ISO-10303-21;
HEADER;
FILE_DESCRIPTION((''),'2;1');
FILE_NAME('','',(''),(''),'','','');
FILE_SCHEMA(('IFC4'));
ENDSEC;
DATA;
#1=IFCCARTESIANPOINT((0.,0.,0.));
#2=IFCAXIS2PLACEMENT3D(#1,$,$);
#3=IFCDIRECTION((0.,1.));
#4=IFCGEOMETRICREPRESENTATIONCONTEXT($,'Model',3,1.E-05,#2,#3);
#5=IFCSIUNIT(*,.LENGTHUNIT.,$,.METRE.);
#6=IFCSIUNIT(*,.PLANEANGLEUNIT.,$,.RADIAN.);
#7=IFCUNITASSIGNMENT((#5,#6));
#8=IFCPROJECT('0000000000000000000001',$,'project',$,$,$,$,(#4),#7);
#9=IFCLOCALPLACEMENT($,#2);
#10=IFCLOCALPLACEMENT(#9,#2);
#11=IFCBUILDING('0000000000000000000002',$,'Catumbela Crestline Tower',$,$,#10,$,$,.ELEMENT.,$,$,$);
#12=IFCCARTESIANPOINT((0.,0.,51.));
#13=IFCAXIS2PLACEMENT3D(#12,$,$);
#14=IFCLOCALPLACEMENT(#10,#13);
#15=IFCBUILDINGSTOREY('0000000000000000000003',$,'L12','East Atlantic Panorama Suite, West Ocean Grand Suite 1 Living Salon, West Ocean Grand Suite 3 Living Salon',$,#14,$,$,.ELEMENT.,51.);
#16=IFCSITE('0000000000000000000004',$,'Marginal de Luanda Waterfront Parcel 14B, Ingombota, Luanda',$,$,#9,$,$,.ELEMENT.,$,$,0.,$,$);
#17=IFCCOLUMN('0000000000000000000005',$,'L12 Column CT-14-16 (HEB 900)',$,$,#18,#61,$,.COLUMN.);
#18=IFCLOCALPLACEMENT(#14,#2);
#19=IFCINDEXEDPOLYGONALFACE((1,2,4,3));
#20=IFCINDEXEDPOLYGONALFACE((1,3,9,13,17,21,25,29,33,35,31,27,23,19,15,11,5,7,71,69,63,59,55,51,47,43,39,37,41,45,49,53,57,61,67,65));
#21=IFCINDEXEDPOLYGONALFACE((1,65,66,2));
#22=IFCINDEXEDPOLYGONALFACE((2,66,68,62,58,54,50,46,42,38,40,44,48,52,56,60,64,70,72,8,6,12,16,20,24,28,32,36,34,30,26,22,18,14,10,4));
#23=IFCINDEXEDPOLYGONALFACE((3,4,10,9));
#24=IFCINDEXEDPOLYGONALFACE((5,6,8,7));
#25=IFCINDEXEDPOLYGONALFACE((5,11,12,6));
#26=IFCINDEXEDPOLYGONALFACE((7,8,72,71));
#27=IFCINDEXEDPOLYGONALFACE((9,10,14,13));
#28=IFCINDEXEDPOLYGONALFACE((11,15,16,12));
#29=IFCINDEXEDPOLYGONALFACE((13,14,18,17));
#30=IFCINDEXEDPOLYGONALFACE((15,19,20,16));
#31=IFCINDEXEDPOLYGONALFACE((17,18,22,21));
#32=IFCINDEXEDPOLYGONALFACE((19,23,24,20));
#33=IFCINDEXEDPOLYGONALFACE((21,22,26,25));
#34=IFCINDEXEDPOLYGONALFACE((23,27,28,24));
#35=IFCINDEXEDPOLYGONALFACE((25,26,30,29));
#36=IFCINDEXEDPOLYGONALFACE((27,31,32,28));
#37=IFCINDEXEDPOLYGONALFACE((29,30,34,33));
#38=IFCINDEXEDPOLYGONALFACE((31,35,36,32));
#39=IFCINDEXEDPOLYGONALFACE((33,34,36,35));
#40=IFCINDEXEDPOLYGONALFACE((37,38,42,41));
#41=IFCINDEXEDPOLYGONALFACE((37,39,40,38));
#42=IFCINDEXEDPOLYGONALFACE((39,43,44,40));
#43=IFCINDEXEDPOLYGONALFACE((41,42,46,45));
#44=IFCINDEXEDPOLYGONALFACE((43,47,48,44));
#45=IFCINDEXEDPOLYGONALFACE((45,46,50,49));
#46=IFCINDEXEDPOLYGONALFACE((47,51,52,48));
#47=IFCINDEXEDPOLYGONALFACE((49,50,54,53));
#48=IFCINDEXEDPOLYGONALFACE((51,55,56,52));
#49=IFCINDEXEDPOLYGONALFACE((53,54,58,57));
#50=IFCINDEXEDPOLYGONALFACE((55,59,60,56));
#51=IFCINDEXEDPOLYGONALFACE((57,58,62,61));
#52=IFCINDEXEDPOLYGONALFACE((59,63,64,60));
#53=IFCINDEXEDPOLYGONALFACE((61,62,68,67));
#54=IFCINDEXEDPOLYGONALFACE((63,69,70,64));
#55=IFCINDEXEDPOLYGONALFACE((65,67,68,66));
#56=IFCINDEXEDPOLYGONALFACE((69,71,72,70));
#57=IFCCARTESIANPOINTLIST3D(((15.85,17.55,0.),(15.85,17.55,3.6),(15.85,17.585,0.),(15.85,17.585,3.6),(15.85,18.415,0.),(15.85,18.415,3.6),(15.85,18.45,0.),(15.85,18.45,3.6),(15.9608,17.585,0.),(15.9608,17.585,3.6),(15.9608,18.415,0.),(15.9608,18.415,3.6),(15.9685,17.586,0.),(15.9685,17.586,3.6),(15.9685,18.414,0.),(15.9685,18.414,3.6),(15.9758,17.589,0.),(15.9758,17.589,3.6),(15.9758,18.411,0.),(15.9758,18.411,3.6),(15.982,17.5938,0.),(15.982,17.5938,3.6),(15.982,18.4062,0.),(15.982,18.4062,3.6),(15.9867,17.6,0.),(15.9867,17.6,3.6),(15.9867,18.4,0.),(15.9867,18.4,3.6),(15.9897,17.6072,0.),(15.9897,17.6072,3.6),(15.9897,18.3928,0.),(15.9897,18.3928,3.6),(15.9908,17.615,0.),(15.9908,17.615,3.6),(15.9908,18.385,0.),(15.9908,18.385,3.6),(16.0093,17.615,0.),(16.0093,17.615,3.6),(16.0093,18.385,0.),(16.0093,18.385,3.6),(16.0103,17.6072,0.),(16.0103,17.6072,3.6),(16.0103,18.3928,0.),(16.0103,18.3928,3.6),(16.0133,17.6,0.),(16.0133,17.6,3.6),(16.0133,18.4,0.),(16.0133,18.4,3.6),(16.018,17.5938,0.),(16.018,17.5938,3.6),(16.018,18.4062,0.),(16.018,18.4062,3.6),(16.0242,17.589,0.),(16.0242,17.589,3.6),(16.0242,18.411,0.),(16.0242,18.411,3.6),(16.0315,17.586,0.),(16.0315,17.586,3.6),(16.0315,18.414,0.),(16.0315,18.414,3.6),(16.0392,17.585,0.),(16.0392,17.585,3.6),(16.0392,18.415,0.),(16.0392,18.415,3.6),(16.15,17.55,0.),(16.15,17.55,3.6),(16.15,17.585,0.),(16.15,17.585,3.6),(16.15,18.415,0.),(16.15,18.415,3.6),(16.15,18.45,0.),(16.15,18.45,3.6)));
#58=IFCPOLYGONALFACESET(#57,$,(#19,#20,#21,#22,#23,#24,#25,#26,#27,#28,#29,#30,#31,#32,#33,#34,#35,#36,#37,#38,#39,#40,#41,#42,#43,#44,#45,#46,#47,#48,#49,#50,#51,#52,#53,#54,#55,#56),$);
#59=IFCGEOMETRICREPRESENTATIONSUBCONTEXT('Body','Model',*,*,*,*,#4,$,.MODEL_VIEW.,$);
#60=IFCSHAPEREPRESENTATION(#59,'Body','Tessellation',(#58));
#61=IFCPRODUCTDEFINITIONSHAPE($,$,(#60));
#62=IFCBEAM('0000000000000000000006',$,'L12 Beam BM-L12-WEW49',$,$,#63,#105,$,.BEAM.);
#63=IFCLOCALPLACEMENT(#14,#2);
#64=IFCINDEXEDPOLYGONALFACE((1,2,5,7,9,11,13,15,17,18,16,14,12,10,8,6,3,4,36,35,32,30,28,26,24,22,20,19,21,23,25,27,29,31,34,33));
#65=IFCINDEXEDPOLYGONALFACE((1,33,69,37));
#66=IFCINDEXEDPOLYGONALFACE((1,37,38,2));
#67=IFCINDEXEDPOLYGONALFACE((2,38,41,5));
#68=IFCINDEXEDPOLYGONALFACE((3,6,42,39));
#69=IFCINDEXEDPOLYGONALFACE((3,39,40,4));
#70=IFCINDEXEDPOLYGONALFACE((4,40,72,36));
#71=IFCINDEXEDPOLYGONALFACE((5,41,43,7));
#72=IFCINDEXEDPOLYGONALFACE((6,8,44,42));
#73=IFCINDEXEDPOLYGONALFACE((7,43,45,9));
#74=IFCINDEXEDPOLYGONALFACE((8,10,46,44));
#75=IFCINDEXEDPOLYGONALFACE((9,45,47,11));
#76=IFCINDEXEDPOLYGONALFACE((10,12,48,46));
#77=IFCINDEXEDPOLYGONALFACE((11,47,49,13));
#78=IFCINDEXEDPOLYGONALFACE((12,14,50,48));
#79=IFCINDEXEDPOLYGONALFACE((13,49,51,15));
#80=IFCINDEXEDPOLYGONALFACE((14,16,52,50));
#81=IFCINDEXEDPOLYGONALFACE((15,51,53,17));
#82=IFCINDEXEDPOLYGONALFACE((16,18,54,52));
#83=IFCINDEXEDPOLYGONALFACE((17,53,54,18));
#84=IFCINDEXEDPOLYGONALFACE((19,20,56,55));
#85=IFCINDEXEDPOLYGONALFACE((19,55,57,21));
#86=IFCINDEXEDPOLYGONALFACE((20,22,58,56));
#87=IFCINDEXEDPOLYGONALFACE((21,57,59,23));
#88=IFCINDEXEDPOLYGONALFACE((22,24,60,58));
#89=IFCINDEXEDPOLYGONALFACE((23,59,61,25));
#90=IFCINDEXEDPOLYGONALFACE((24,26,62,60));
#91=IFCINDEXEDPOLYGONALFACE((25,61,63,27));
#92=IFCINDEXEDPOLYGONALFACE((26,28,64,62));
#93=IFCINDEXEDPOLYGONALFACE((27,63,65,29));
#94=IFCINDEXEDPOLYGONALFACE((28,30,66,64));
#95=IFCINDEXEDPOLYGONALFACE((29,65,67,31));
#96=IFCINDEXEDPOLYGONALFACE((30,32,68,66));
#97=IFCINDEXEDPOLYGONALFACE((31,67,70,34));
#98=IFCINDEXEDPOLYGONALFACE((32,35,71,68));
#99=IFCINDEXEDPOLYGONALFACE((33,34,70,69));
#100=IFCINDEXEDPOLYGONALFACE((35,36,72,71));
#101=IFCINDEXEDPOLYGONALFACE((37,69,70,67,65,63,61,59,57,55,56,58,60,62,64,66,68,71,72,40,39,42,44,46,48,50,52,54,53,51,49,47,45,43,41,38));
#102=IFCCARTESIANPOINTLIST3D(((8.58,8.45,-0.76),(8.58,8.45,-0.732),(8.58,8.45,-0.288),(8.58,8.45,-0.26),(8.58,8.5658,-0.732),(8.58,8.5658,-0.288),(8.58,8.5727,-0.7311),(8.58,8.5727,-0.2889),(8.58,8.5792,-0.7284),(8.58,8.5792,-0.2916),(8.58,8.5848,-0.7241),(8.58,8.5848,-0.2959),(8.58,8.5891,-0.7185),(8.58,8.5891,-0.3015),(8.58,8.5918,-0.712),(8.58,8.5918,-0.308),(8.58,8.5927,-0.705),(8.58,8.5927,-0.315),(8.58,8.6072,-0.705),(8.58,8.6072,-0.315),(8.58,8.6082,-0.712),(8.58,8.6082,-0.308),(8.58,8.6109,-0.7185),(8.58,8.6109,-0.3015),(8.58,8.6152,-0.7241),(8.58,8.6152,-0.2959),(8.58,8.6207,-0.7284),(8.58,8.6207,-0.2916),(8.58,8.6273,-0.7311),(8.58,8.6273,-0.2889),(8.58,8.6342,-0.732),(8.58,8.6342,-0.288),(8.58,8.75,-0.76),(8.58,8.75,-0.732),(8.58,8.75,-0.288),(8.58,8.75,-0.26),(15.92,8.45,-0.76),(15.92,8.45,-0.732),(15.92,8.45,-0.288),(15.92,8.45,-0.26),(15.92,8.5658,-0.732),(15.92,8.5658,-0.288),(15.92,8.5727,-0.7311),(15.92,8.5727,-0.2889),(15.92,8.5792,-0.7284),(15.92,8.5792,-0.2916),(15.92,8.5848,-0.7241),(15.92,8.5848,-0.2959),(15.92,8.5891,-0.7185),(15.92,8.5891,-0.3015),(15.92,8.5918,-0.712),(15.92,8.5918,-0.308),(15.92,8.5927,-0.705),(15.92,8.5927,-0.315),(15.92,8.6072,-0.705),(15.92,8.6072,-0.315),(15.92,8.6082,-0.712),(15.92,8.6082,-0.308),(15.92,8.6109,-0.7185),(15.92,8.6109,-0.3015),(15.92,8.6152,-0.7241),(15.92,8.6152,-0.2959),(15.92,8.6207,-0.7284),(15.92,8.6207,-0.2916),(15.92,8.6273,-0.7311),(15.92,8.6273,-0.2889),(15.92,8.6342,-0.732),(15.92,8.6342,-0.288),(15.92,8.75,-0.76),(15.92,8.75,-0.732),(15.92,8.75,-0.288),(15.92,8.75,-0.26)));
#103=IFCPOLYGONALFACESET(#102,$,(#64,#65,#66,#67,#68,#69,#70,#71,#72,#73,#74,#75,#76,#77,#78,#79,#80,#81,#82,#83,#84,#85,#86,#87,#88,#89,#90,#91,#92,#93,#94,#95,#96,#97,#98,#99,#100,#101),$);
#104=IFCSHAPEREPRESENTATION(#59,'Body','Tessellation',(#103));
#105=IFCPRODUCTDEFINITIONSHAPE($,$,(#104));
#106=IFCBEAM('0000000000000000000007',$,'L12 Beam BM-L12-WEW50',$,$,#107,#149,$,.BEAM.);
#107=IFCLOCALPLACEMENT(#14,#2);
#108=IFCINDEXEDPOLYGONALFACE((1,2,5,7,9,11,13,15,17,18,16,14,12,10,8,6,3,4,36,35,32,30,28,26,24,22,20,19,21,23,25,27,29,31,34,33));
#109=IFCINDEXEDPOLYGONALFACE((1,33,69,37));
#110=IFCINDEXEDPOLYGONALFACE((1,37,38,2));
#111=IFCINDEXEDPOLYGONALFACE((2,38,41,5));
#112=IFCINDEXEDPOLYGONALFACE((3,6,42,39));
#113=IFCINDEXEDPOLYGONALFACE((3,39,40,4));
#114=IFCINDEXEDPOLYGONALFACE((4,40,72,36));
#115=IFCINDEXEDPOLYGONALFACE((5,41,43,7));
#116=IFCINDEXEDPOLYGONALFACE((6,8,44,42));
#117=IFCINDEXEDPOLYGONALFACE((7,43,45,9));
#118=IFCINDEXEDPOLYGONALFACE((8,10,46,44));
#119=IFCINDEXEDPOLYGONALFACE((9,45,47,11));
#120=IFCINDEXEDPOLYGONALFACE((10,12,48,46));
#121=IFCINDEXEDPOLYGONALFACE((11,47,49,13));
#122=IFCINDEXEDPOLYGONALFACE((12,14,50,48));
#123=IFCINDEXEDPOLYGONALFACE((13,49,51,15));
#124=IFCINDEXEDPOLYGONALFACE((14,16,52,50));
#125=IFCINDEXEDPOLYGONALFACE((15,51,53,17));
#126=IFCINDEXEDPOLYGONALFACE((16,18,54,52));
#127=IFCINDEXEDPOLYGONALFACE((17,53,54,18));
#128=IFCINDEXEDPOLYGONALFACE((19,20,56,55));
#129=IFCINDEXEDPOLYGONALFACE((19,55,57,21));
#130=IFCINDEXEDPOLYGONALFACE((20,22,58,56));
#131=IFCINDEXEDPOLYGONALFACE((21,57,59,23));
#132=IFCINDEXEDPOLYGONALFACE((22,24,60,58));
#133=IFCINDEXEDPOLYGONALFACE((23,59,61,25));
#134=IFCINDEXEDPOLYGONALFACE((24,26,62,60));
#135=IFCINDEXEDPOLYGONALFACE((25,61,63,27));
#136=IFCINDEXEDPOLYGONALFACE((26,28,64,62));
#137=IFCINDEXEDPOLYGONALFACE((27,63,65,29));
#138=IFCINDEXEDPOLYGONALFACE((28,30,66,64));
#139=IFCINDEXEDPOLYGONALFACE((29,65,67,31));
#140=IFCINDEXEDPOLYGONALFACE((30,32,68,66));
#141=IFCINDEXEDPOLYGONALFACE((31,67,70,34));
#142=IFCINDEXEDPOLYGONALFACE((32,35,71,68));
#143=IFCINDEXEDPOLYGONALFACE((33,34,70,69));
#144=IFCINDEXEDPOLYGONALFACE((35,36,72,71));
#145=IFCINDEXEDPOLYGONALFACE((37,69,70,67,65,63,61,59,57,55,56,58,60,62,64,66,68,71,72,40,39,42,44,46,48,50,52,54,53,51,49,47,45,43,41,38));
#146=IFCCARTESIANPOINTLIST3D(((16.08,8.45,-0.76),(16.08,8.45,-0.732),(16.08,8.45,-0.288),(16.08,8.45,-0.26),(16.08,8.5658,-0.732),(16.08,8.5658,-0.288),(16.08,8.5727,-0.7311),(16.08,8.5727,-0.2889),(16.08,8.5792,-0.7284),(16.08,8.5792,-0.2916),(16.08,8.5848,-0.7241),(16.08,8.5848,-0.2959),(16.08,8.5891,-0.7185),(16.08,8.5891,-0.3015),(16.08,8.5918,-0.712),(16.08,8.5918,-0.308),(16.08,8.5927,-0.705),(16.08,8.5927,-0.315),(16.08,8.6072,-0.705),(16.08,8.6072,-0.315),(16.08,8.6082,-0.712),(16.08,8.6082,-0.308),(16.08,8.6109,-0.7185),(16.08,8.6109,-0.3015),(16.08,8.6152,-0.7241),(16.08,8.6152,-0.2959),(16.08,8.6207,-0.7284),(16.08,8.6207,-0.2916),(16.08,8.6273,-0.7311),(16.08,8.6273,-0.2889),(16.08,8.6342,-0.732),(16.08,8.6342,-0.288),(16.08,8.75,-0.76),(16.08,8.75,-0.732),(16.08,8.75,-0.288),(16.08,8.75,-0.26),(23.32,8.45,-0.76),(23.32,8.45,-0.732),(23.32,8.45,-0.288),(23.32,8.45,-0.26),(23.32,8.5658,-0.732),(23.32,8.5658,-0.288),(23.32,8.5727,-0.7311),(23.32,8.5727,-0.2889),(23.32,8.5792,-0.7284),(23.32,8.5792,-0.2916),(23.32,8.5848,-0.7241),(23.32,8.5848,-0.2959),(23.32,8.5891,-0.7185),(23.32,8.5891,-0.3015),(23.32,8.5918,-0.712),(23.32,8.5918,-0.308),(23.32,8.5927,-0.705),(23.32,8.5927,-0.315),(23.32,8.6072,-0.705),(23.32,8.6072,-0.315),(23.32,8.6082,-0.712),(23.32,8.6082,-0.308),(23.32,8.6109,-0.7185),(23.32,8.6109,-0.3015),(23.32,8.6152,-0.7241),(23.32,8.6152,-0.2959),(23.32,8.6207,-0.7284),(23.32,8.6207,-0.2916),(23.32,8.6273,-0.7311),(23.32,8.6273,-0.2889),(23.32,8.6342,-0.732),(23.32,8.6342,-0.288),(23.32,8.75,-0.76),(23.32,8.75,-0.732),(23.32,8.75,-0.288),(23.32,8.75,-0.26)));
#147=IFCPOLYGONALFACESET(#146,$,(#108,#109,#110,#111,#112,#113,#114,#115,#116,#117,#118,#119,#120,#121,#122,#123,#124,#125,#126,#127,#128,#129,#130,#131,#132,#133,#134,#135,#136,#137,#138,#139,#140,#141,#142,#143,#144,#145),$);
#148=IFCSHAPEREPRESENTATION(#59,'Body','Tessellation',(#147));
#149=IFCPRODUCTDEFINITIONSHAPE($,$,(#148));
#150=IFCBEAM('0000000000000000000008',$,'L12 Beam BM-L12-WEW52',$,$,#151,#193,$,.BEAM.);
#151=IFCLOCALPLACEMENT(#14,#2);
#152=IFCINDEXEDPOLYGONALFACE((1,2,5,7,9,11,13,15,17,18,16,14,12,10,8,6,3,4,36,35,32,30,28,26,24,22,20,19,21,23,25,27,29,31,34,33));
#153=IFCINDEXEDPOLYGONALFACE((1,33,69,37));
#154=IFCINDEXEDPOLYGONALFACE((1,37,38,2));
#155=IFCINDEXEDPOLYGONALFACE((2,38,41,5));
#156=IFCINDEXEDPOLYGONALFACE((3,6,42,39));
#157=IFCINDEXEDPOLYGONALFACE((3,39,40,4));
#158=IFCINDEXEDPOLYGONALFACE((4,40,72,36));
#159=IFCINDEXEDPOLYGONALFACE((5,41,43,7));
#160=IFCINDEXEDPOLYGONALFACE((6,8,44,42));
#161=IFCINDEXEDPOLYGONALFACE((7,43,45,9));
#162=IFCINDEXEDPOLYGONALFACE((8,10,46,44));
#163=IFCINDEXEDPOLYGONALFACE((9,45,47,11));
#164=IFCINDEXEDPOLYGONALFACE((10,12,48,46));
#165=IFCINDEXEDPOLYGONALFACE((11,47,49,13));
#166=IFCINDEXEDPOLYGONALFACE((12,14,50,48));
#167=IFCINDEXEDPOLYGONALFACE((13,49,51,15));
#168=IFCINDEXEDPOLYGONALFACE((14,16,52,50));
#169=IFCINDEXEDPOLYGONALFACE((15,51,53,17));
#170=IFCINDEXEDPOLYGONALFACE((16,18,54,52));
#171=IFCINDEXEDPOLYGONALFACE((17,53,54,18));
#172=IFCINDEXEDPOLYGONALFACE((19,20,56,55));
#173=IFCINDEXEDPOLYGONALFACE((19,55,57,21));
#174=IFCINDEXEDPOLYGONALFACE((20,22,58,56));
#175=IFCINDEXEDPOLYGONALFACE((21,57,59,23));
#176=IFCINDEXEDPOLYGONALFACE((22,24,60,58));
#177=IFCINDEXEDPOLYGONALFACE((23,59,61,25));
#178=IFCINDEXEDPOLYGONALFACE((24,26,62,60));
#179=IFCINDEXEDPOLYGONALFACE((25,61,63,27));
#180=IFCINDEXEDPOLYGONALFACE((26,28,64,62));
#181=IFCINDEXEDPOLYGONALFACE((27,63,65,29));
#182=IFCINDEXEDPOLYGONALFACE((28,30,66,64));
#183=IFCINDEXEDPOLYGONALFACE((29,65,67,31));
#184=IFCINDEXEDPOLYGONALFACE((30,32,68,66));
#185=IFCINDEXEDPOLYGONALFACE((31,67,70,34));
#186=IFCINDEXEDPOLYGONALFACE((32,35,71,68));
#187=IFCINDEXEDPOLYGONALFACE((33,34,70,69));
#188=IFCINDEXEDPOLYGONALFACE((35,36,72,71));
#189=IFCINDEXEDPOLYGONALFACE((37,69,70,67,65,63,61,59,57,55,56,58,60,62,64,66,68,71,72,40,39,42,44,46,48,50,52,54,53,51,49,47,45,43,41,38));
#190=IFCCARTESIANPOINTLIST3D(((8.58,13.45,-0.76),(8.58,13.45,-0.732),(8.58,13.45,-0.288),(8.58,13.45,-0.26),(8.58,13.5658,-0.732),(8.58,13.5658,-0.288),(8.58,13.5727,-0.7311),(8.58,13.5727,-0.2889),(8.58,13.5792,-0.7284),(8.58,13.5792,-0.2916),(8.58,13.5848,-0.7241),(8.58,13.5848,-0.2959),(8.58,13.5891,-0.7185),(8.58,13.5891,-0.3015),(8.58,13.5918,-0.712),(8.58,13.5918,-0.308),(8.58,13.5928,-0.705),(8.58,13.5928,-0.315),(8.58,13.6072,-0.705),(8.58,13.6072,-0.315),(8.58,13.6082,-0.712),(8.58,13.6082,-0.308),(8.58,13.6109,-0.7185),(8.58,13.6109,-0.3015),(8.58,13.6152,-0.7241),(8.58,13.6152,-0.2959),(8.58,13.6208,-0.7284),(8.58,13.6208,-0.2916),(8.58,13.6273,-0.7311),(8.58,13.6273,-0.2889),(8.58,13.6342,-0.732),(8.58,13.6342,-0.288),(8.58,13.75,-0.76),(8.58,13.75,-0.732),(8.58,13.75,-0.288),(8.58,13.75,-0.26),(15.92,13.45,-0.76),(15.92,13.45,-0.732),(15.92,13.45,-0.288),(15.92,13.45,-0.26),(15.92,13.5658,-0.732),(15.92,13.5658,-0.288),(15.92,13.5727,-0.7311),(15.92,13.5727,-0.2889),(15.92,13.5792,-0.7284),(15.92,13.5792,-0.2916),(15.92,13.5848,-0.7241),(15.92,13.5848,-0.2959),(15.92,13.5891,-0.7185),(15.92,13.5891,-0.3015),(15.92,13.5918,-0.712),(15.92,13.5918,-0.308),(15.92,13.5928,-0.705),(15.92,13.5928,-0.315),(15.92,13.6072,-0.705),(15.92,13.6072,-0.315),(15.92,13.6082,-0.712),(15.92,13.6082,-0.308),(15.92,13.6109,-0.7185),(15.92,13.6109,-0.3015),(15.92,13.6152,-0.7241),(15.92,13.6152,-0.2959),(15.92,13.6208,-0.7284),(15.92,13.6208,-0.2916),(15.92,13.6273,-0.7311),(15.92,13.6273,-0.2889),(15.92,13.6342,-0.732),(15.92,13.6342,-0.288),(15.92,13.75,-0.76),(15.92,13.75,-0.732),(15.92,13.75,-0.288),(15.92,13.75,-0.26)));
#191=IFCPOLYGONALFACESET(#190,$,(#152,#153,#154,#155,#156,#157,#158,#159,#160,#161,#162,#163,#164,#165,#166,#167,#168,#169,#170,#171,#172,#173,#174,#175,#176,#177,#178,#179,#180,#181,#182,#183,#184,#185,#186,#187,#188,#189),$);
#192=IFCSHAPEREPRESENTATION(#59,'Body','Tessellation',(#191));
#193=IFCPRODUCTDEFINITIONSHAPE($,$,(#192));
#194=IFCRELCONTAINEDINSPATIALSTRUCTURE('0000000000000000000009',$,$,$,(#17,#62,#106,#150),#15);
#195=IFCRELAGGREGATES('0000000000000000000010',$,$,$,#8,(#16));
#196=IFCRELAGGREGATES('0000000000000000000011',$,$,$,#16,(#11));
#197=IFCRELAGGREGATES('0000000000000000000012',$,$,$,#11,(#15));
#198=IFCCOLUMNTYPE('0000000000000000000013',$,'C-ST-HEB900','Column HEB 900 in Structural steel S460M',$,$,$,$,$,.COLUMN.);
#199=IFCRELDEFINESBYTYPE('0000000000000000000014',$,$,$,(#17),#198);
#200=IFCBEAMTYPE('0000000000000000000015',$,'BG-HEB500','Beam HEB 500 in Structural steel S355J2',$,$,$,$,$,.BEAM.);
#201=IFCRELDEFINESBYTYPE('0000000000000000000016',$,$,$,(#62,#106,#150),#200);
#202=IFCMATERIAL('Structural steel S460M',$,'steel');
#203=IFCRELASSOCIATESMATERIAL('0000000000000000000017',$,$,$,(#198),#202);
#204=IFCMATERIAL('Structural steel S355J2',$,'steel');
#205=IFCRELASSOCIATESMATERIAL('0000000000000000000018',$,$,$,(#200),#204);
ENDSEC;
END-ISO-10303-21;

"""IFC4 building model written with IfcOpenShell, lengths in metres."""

from ifc_helpers import new_model, si_unit, direction, frame, origin, origin_2d, place, context, subcontext, project, spatial, i_section, extrude, material, material_profile, profile_set, type_object, element, save


model = new_model("IFC4")

# Units and contexts
model_context = context("Model", 3, precision=1e-05, world=origin(), true_north=direction((0.0, 1.0)))
body_context = subcontext(model_context, "Body", "Model", "MODEL_VIEW")
ifc_project = project(units=[si_unit("LENGTHUNIT", "METRE"), si_unit("PLANEANGLEUNIT", "RADIAN")], contexts=[model_context])

# Site, building, storey
site_placement = place(None, origin())
site = spatial("IfcSite", under=ifc_project, at=site_placement, Name="Marginal de Luanda Waterfront Parcel 14B, Ingombota, Luanda", CompositionType="ELEMENT", RefElevation=0.0)
building_placement = place(site_placement, origin())
building = spatial("IfcBuilding", under=site, at=building_placement, Name="Catumbela Crestline Tower", CompositionType="ELEMENT")
storey_placement = place(building_placement, frame((0.0, 0.0, 51.0)))
storey = spatial("IfcBuildingStorey", under=building, at=storey_placement, Name="L12", Description="East Atlantic Panorama Suite, West Ocean Grand Suite 1 Living Salon, West Ocean Grand Suite 3 Living Salon", CompositionType="ELEMENT", Elevation=51.0)

# Column
ifc_material_1 = material(Name="Structural steel S460M", Category="steel")
ifc_material_profile_1 = material_profile(ifc_material_1, i_section(OverallWidth=0.3, OverallDepth=0.9, WebThickness=0.0185, FlangeThickness=0.035, FilletRadius=0.03, at=origin_2d()), Name="HEB 900")
ifc_profile_set_1 = profile_set([ifc_material_profile_1], Name="Structural steel S460M")
column_type = type_object("IfcColumnType", Name="C-ST-HEB900", Description="Column HEB 900 in Structural steel S460M", PredefinedType="COLUMN", material=ifc_profile_set_1)
for number, where, z_axis, x_axis, name in (
    (1, (16.0, 18.0, 0.0), (0.0, 0.0, 1.0), (1.0, 0.0, 0.0), "L12 Column CT-14-16 (HEB 900)"),
):
    element("IfcColumn", number, at=place(storey_placement, frame(where, z_axis=z_axis, x_axis=x_axis)), inside=storey, type_object=column_type, Name=name, PredefinedType="COLUMN", context=body_context, shape_type="SweptSolid", body=[
        extrude(i_section(OverallWidth=0.3, OverallDepth=0.9, WebThickness=0.0185, FlangeThickness=0.035, FilletRadius=0.03, at=origin_2d()), origin(), (0.0, 0.0, 1.0), 3.6),
    ])

# Beams
ifc_material_2 = material(Name="Structural steel S355J2", Category="steel")
ifc_material_profile_2 = material_profile(ifc_material_2, i_section(OverallWidth=0.3, OverallDepth=0.5, WebThickness=0.0145, FlangeThickness=0.028, FilletRadius=0.027, at=origin_2d()), Name="HEB 500")
ifc_profile_set_2 = profile_set([ifc_material_profile_2], Name="Structural steel S355J2")
beam_type_1 = type_object("IfcBeamType", Name="BG-HEB500", Description="Beam HEB 500 in Structural steel S355J2", PredefinedType="BEAM", material=ifc_profile_set_2)
beam_1_placement = place(storey_placement, frame((8.58, 8.6, -0.51), z_axis=(1.0, 0.0, 0.0), x_axis=(0.0, 1.0, 0.0)))
element("IfcBeam", 2, at=beam_1_placement, inside=storey, type_object=beam_type_1, Name="L12 Beam BM-L12-WEW49", PredefinedType="BEAM", context=body_context, shape_type="SweptSolid", body=[
    extrude(i_section(OverallWidth=0.3, OverallDepth=0.5, WebThickness=0.0145, FlangeThickness=0.028, FilletRadius=0.027, at=origin_2d()), origin(), (0.0, 0.0, 1.0), 7.34),
])
beam_2_placement = place(storey_placement, frame((16.08, 8.6, -0.51), z_axis=(1.0, 0.0, 0.0), x_axis=(0.0, 1.0, 0.0)))
element("IfcBeam", 3, at=beam_2_placement, inside=storey, type_object=beam_type_1, Name="L12 Beam BM-L12-WEW50", PredefinedType="BEAM", context=body_context, shape_type="SweptSolid", body=[
    extrude(i_section(OverallWidth=0.3, OverallDepth=0.5, WebThickness=0.0145, FlangeThickness=0.028, FilletRadius=0.027, at=origin_2d()), origin(), (0.0, 0.0, 1.0), 7.24),
])
beam_3_placement = place(storey_placement, frame((8.58, 13.6, -0.51), z_axis=(1.0, 0.0, 0.0), x_axis=(0.0, 1.0, 0.0)))
element("IfcBeam", 4, at=beam_3_placement, inside=storey, type_object=beam_type_1, Name="L12 Beam BM-L12-WEW52", PredefinedType="BEAM", context=body_context, shape_type="SweptSolid", body=[
    extrude(i_section(OverallWidth=0.3, OverallDepth=0.5, WebThickness=0.0145, FlangeThickness=0.028, FilletRadius=0.027, at=origin_2d()), origin(), (0.0, 0.0, 1.0), 7.34),
])

save(model, "model.ifc")
